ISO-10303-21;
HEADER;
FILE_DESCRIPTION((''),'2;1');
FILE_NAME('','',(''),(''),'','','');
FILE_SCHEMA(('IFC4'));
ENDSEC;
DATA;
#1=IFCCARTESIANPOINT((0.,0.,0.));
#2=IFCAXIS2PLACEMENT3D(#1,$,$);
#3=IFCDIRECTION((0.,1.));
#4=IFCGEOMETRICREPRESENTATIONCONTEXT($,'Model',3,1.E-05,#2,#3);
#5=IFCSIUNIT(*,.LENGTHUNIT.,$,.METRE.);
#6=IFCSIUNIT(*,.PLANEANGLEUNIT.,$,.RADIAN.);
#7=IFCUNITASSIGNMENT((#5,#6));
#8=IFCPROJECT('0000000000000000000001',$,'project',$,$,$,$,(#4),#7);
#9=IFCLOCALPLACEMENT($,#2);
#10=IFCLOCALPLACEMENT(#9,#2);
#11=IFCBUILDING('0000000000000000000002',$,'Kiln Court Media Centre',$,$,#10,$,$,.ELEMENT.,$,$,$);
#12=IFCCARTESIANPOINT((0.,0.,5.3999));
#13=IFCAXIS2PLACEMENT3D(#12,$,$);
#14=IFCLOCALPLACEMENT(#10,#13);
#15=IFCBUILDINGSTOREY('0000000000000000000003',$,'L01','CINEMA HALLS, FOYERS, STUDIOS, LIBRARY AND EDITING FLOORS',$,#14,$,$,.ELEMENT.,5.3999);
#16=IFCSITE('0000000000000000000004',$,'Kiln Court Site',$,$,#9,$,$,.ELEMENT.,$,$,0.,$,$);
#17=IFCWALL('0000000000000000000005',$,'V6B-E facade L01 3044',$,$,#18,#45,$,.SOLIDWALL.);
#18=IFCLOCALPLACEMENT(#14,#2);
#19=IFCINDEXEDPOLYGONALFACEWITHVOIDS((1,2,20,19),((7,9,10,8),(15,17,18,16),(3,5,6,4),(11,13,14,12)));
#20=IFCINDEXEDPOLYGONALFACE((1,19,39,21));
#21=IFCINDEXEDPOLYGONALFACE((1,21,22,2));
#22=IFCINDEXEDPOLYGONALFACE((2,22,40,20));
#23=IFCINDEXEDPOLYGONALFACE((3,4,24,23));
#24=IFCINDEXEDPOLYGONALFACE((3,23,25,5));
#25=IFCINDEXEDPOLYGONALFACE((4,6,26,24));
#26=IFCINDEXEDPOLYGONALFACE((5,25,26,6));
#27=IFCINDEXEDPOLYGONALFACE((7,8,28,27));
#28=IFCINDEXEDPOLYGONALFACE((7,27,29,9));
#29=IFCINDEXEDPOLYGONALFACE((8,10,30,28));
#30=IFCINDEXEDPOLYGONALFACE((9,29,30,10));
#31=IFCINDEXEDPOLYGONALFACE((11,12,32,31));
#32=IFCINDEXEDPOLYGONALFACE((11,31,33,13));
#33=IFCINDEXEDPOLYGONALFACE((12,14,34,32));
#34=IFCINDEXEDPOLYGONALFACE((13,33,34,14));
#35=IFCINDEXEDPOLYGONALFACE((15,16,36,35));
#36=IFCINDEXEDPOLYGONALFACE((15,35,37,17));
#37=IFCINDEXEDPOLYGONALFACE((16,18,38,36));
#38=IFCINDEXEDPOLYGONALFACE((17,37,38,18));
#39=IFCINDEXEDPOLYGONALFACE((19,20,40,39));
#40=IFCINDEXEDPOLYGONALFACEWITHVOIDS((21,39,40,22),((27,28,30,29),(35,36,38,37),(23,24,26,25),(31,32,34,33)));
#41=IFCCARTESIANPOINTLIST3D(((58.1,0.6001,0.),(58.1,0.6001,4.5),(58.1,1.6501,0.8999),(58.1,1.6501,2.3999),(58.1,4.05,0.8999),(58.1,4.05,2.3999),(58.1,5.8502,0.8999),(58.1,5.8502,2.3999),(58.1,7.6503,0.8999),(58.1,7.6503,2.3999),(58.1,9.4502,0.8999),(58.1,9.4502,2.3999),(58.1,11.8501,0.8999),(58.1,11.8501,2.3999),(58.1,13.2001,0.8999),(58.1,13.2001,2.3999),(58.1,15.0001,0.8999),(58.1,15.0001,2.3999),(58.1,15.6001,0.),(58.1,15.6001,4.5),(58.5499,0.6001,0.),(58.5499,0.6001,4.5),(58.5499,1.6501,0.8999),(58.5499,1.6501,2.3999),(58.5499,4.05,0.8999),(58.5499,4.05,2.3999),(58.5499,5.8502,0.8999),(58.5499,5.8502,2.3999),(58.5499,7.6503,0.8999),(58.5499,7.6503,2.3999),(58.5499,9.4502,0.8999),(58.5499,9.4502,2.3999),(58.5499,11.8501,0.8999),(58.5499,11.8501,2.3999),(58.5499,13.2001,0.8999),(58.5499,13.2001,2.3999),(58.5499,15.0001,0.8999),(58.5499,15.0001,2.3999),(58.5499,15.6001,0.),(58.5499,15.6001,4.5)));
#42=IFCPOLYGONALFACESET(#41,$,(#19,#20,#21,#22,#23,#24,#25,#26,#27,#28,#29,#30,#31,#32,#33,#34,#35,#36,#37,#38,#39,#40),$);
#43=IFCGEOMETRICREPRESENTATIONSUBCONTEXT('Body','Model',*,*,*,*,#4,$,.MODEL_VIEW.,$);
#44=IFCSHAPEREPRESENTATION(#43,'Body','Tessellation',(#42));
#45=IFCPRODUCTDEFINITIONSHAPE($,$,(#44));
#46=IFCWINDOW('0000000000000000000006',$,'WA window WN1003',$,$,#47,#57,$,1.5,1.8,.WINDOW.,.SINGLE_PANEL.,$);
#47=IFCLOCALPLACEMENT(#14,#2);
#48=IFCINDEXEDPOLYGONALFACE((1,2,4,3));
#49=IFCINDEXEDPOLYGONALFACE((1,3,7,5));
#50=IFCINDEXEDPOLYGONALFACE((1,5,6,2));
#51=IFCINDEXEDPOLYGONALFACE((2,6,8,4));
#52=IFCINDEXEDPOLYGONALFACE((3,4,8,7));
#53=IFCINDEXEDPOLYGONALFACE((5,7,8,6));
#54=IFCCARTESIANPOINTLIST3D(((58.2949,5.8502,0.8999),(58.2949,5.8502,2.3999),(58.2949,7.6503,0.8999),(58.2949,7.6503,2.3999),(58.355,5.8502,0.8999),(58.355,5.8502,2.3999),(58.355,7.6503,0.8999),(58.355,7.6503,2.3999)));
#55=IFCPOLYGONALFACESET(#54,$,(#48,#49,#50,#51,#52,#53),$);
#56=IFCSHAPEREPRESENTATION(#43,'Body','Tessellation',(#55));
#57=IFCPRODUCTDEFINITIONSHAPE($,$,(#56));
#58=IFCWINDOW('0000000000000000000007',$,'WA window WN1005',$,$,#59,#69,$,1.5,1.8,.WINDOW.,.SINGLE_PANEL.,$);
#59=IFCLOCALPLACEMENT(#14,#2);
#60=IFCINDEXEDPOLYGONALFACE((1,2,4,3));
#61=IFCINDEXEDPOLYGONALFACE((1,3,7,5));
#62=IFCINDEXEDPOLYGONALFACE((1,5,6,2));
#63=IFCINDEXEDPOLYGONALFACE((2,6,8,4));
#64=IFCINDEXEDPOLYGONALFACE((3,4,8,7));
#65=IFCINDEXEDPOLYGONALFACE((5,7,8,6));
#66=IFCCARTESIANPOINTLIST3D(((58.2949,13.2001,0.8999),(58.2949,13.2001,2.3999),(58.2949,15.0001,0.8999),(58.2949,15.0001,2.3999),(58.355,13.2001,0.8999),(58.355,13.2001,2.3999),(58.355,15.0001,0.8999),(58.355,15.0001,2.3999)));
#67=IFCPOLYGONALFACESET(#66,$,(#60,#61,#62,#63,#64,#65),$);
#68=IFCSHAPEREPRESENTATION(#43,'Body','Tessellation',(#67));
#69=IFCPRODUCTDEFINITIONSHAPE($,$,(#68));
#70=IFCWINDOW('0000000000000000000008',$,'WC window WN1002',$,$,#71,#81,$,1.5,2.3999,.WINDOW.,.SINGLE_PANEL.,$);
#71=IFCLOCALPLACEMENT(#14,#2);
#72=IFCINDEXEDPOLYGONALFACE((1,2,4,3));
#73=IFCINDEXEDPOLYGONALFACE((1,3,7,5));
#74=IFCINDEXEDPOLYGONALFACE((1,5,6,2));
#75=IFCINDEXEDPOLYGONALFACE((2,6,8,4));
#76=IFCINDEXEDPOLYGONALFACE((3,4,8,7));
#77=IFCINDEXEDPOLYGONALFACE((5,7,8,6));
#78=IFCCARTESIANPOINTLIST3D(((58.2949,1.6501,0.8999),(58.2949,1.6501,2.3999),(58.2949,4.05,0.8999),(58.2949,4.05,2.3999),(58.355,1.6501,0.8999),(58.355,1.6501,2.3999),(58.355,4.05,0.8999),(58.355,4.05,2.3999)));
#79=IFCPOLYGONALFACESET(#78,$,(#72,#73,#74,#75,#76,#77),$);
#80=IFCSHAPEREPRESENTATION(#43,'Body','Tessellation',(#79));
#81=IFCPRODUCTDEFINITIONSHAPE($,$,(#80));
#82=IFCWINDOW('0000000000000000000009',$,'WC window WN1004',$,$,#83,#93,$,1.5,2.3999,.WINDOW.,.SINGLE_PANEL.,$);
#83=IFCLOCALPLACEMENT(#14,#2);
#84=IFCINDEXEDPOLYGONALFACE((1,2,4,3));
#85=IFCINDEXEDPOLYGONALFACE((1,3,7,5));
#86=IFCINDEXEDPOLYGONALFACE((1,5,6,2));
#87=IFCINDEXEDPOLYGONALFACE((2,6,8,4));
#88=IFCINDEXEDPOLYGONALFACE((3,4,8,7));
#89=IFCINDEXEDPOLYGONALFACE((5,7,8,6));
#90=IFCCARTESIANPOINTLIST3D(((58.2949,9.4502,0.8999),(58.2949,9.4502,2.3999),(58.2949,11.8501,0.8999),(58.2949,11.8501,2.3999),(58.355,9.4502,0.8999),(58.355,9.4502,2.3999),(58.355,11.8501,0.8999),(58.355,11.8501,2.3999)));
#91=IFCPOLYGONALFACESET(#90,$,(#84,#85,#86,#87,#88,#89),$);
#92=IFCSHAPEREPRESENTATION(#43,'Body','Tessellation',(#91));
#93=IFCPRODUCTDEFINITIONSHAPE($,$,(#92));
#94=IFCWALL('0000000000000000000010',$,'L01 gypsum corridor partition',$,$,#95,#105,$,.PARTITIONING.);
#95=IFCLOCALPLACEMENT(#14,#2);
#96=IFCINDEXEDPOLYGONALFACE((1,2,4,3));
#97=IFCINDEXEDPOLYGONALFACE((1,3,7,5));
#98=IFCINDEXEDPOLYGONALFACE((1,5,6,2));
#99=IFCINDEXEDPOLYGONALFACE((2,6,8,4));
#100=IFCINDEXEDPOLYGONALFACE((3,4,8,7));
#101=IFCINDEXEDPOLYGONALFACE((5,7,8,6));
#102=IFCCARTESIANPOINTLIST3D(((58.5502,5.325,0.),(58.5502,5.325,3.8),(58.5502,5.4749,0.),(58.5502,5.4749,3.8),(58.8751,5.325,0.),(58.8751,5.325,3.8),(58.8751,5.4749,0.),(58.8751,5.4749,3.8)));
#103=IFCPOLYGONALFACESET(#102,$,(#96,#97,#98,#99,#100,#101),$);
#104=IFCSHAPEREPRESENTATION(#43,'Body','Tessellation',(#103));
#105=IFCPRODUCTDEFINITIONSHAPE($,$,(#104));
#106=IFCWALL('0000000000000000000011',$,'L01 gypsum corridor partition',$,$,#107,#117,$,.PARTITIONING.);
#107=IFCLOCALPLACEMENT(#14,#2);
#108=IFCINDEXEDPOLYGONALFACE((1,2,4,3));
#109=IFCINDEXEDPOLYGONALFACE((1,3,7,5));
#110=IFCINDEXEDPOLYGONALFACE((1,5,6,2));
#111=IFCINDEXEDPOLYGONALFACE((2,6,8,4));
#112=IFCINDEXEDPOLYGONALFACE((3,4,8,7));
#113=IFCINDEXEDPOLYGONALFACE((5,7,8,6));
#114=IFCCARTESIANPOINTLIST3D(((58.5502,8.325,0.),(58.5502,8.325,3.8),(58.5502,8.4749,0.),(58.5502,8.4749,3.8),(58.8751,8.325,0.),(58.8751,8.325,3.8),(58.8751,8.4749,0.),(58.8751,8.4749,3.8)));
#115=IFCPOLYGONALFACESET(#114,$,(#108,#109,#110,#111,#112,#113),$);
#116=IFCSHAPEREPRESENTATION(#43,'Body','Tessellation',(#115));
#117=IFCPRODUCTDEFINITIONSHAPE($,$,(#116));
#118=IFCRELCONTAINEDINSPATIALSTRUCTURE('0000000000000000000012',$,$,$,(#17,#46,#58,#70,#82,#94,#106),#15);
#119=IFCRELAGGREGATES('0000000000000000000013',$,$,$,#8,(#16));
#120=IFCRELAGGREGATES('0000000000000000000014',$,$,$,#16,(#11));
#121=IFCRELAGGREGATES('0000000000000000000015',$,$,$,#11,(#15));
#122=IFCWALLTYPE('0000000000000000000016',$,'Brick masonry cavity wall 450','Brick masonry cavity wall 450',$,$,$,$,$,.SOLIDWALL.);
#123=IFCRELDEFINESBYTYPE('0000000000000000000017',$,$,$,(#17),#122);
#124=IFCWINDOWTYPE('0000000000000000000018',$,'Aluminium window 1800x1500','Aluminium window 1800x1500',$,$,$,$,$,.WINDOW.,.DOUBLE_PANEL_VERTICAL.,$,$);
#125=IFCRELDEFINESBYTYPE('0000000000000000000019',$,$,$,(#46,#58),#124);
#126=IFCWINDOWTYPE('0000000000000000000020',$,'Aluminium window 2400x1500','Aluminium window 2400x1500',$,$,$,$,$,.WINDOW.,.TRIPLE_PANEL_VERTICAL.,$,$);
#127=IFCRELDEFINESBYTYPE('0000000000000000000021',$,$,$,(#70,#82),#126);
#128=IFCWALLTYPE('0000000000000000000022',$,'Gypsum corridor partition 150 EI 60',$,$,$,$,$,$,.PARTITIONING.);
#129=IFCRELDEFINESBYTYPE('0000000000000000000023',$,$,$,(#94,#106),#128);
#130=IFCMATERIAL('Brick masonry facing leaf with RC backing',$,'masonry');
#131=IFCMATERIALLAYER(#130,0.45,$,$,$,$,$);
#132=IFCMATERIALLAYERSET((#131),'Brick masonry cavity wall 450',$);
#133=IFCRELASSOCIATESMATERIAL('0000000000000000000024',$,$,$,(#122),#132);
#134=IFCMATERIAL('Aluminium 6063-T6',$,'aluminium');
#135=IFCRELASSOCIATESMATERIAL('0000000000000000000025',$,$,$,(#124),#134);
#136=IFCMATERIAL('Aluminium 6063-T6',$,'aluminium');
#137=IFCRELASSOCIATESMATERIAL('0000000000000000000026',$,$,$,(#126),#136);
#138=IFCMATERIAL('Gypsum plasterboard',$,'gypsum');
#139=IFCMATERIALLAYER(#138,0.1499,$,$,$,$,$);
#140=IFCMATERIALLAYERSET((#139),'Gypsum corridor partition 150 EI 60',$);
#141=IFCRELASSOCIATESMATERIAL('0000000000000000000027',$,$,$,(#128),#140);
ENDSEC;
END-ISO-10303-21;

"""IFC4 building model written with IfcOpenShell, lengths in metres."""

from ifc_helpers import new_model, si_unit, direction, frame, frame_2d, origin, place, context, subcontext, project, spatial, rectangle, extrude, material, layer, layer_set, type_object, element, fill, save


model = new_model("IFC4")

# Units and contexts
model_context = context("Model", 3, precision=1e-05, world=origin(), true_north=direction((0.0, 1.0)))
body_context = subcontext(model_context, "Body", "Model", "MODEL_VIEW")
ifc_project = project(units=[si_unit("LENGTHUNIT", "METRE"), si_unit("PLANEANGLEUNIT", "RADIAN")], contexts=[model_context])

# Site, building, storey
site_placement = place(None, origin())
site = spatial("IfcSite", under=ifc_project, at=site_placement, Name="Kiln Court Site", CompositionType="ELEMENT", RefElevation=0.0)
building_placement = place(site_placement, origin())
building = spatial("IfcBuilding", under=site, at=building_placement, Name="Kiln Court Media Centre", CompositionType="ELEMENT")
storey_placement = place(building_placement, frame((0.0, 0.0, 5.3999)))
storey = spatial("IfcBuildingStorey", under=building, at=storey_placement, Name="L01", Description="CINEMA HALLS, FOYERS, STUDIOS, LIBRARY AND EDITING FLOORS", CompositionType="ELEMENT", Elevation=5.3999)

# Wall, openings, windows
ifc_material_1 = material(Name="Brick masonry facing leaf with RC backing", Category="masonry")
ifc_layer_1 = layer(ifc_material_1, 0.45)
ifc_layer_set_1 = layer_set([ifc_layer_1], Name="Brick masonry cavity wall 450")
wall_type_1 = type_object("IfcWallType", Name="Brick masonry cavity wall 450", Description="Brick masonry cavity wall 450", PredefinedType="SOLIDWALL", material=ifc_layer_set_1)
wall_1_placement = place(storey_placement, frame((58.325, 15.6001, 0.0), z_axis=(0.0, 0.0, 1.0), x_axis=(0.0, -1.0, 0.0)))
wall_1 = element("IfcWall", 1, at=wall_1_placement, inside=storey, type_object=wall_type_1, Name="V6B-E facade L01 3044", PredefinedType="SOLIDWALL", context=body_context, shape_type="SweptSolid", body=[
    extrude(rectangle(XDim=15.0, YDim=0.45, at=frame_2d((7.5, 0.0))), origin(), (0.0, 0.0, 1.0), 4.5),
])
opening_1_placement = place(wall_1_placement, frame((11.55, 0.0, 0.8999)))
opening_1 = element("IfcOpeningElement", 2, at=opening_1_placement, cuts=wall_1, PredefinedType="OPENING", context=body_context, shape_type="SweptSolid", body=[
    extrude(rectangle(XDim=2.3999, YDim=1.5, at=frame_2d((1.2, 0.75))), frame((0.0, 0.2349, 0.0), z_axis=(0.0, -1.0, 0.0), x_axis=(1.0, 0.0, 0.0)), (0.0, 0.0, 1.0), 0.47),
])
opening_2_placement = place(wall_1_placement, frame((7.95, 0.0, 0.8999)))
opening_2 = element("IfcOpeningElement", 3, at=opening_2_placement, cuts=wall_1, PredefinedType="OPENING", context=body_context, shape_type="SweptSolid", body=[
    extrude(rectangle(XDim=1.8, YDim=1.5, at=frame_2d((0.8999, 0.75))), frame((0.0, 0.2349, 0.0), z_axis=(0.0, -1.0, 0.0), x_axis=(1.0, 0.0, 0.0)), (0.0, 0.0, 1.0), 0.47),
])
opening_3_placement = place(wall_1_placement, frame((3.75, 0.0, 0.8999)))
opening_3 = element("IfcOpeningElement", 4, at=opening_3_placement, cuts=wall_1, PredefinedType="OPENING", context=body_context, shape_type="SweptSolid", body=[
    extrude(rectangle(XDim=2.3999, YDim=1.5, at=frame_2d((1.2, 0.75))), frame((0.0, 0.2349, 0.0), z_axis=(0.0, -1.0, 0.0), x_axis=(1.0, 0.0, 0.0)), (0.0, 0.0, 1.0), 0.47),
])
opening_4_placement = place(wall_1_placement, frame((0.6001, 0.0, 0.8999)))
opening_4 = element("IfcOpeningElement", 5, at=opening_4_placement, cuts=wall_1, PredefinedType="OPENING", context=body_context, shape_type="SweptSolid", body=[
    extrude(rectangle(XDim=1.8, YDim=1.5, at=frame_2d((0.8999, 0.75))), frame((0.0, 0.2349, 0.0), z_axis=(0.0, -1.0, 0.0), x_axis=(1.0, 0.0, 0.0)), (0.0, 0.0, 1.0), 0.47),
])
ifc_material_2 = material(Name="Aluminium 6063-T6", Category="aluminium")
window_type_1 = type_object("IfcWindowType", Name="Aluminium window 1800x1500", Description="Aluminium window 1800x1500", PartitioningType="DOUBLE_PANEL_VERTICAL", PredefinedType="WINDOW", material=ifc_material_2)
window_1_placement = place(opening_2_placement, origin())
window_1 = element("IfcWindow", 6, at=window_1_placement, inside=storey, type_object=window_type_1, Name="WA window WN1003", OverallHeight=1.5, OverallWidth=1.8, PartitioningType="SINGLE_PANEL", PredefinedType="WINDOW", context=body_context, shape_type="SweptSolid", body=[
    extrude(rectangle(XDim=1.8, YDim=1.5, at=frame_2d((0.8999, 0.75))), frame((0.0, 0.03, 0.0), z_axis=(0.0, -1.0, 0.0), x_axis=(1.0, 0.0, 0.0)), (0.0, 0.0, 1.0), 0.0601),
])
fill(opening_2, window_1)
window_2_placement = place(opening_4_placement, origin())
window_2 = element("IfcWindow", 7, at=window_2_placement, inside=storey, type_object=window_type_1, Name="WA window WN1005", OverallHeight=1.5, OverallWidth=1.8, PartitioningType="SINGLE_PANEL", PredefinedType="WINDOW", context=body_context, shape_type="SweptSolid", body=[
    extrude(rectangle(XDim=1.8, YDim=1.5, at=frame_2d((0.8999, 0.75))), frame((0.0, 0.03, 0.0), z_axis=(0.0, -1.0, 0.0), x_axis=(1.0, 0.0, 0.0)), (0.0, 0.0, 1.0), 0.0601),
])
fill(opening_4, window_2)
ifc_material_3 = material(Name="Aluminium 6063-T6", Category="aluminium")
window_type_2 = type_object("IfcWindowType", Name="Aluminium window 2400x1500", Description="Aluminium window 2400x1500", PartitioningType="TRIPLE_PANEL_VERTICAL", PredefinedType="WINDOW", material=ifc_material_3)
window_3_placement = place(opening_1_placement, origin())
window_3 = element("IfcWindow", 8, at=window_3_placement, inside=storey, type_object=window_type_2, Name="WC window WN1002", OverallHeight=1.5, OverallWidth=2.3999, PartitioningType="SINGLE_PANEL", PredefinedType="WINDOW", context=body_context, shape_type="SweptSolid", body=[
    extrude(rectangle(XDim=2.3999, YDim=1.5, at=frame_2d((1.2, 0.75))), frame((0.0, 0.03, 0.0), z_axis=(0.0, -1.0, 0.0), x_axis=(1.0, 0.0, 0.0)), (0.0, 0.0, 1.0), 0.0601),
])
fill(opening_1, window_3)
window_4_placement = place(opening_3_placement, origin())
window_4 = element("IfcWindow", 9, at=window_4_placement, inside=storey, type_object=window_type_2, Name="WC window WN1004", OverallHeight=1.5, OverallWidth=2.3999, PartitioningType="SINGLE_PANEL", PredefinedType="WINDOW", context=body_context, shape_type="SweptSolid", body=[
    extrude(rectangle(XDim=2.3999, YDim=1.5, at=frame_2d((1.2, 0.75))), frame((0.0, 0.03, 0.0), z_axis=(0.0, -1.0, 0.0), x_axis=(1.0, 0.0, 0.0)), (0.0, 0.0, 1.0), 0.0601),
])
fill(opening_3, window_4)

# Walls
ifc_material_4 = material(Name="Gypsum plasterboard", Category="gypsum")
ifc_layer_2 = layer(ifc_material_4, 0.1499)
ifc_layer_set_2 = layer_set([ifc_layer_2], Name="Gypsum corridor partition 150 EI 60")
wall_type_2 = type_object("IfcWallType", Name="Gypsum corridor partition 150 EI 60", PredefinedType="PARTITIONING", material=ifc_layer_set_2)
for number, where, z_axis, x_axis, name in (
    (10, (58.55, 5.3999, 0.0), (0.0, 0.0, 1.0), (1.0, 0.0, 0.0), "L01 gypsum corridor partition"),
    (11, (58.55, 8.3999, 0.0), (0.0, 0.0, 1.0), (1.0, 0.0, 0.0), "L01 gypsum corridor partition"),
):
    element("IfcWall", number, at=place(storey_placement, frame(where, z_axis=z_axis, x_axis=x_axis)), inside=storey, type_object=wall_type_2, Name=name, PredefinedType="PARTITIONING", context=body_context, shape_type="SweptSolid", body=[
        extrude(rectangle(XDim=0.325, YDim=0.1499, at=frame_2d((0.1626, 0.0))), origin(), (0.0, 0.0, 1.0), 3.8),
    ])

save(model, "model.ifc")
